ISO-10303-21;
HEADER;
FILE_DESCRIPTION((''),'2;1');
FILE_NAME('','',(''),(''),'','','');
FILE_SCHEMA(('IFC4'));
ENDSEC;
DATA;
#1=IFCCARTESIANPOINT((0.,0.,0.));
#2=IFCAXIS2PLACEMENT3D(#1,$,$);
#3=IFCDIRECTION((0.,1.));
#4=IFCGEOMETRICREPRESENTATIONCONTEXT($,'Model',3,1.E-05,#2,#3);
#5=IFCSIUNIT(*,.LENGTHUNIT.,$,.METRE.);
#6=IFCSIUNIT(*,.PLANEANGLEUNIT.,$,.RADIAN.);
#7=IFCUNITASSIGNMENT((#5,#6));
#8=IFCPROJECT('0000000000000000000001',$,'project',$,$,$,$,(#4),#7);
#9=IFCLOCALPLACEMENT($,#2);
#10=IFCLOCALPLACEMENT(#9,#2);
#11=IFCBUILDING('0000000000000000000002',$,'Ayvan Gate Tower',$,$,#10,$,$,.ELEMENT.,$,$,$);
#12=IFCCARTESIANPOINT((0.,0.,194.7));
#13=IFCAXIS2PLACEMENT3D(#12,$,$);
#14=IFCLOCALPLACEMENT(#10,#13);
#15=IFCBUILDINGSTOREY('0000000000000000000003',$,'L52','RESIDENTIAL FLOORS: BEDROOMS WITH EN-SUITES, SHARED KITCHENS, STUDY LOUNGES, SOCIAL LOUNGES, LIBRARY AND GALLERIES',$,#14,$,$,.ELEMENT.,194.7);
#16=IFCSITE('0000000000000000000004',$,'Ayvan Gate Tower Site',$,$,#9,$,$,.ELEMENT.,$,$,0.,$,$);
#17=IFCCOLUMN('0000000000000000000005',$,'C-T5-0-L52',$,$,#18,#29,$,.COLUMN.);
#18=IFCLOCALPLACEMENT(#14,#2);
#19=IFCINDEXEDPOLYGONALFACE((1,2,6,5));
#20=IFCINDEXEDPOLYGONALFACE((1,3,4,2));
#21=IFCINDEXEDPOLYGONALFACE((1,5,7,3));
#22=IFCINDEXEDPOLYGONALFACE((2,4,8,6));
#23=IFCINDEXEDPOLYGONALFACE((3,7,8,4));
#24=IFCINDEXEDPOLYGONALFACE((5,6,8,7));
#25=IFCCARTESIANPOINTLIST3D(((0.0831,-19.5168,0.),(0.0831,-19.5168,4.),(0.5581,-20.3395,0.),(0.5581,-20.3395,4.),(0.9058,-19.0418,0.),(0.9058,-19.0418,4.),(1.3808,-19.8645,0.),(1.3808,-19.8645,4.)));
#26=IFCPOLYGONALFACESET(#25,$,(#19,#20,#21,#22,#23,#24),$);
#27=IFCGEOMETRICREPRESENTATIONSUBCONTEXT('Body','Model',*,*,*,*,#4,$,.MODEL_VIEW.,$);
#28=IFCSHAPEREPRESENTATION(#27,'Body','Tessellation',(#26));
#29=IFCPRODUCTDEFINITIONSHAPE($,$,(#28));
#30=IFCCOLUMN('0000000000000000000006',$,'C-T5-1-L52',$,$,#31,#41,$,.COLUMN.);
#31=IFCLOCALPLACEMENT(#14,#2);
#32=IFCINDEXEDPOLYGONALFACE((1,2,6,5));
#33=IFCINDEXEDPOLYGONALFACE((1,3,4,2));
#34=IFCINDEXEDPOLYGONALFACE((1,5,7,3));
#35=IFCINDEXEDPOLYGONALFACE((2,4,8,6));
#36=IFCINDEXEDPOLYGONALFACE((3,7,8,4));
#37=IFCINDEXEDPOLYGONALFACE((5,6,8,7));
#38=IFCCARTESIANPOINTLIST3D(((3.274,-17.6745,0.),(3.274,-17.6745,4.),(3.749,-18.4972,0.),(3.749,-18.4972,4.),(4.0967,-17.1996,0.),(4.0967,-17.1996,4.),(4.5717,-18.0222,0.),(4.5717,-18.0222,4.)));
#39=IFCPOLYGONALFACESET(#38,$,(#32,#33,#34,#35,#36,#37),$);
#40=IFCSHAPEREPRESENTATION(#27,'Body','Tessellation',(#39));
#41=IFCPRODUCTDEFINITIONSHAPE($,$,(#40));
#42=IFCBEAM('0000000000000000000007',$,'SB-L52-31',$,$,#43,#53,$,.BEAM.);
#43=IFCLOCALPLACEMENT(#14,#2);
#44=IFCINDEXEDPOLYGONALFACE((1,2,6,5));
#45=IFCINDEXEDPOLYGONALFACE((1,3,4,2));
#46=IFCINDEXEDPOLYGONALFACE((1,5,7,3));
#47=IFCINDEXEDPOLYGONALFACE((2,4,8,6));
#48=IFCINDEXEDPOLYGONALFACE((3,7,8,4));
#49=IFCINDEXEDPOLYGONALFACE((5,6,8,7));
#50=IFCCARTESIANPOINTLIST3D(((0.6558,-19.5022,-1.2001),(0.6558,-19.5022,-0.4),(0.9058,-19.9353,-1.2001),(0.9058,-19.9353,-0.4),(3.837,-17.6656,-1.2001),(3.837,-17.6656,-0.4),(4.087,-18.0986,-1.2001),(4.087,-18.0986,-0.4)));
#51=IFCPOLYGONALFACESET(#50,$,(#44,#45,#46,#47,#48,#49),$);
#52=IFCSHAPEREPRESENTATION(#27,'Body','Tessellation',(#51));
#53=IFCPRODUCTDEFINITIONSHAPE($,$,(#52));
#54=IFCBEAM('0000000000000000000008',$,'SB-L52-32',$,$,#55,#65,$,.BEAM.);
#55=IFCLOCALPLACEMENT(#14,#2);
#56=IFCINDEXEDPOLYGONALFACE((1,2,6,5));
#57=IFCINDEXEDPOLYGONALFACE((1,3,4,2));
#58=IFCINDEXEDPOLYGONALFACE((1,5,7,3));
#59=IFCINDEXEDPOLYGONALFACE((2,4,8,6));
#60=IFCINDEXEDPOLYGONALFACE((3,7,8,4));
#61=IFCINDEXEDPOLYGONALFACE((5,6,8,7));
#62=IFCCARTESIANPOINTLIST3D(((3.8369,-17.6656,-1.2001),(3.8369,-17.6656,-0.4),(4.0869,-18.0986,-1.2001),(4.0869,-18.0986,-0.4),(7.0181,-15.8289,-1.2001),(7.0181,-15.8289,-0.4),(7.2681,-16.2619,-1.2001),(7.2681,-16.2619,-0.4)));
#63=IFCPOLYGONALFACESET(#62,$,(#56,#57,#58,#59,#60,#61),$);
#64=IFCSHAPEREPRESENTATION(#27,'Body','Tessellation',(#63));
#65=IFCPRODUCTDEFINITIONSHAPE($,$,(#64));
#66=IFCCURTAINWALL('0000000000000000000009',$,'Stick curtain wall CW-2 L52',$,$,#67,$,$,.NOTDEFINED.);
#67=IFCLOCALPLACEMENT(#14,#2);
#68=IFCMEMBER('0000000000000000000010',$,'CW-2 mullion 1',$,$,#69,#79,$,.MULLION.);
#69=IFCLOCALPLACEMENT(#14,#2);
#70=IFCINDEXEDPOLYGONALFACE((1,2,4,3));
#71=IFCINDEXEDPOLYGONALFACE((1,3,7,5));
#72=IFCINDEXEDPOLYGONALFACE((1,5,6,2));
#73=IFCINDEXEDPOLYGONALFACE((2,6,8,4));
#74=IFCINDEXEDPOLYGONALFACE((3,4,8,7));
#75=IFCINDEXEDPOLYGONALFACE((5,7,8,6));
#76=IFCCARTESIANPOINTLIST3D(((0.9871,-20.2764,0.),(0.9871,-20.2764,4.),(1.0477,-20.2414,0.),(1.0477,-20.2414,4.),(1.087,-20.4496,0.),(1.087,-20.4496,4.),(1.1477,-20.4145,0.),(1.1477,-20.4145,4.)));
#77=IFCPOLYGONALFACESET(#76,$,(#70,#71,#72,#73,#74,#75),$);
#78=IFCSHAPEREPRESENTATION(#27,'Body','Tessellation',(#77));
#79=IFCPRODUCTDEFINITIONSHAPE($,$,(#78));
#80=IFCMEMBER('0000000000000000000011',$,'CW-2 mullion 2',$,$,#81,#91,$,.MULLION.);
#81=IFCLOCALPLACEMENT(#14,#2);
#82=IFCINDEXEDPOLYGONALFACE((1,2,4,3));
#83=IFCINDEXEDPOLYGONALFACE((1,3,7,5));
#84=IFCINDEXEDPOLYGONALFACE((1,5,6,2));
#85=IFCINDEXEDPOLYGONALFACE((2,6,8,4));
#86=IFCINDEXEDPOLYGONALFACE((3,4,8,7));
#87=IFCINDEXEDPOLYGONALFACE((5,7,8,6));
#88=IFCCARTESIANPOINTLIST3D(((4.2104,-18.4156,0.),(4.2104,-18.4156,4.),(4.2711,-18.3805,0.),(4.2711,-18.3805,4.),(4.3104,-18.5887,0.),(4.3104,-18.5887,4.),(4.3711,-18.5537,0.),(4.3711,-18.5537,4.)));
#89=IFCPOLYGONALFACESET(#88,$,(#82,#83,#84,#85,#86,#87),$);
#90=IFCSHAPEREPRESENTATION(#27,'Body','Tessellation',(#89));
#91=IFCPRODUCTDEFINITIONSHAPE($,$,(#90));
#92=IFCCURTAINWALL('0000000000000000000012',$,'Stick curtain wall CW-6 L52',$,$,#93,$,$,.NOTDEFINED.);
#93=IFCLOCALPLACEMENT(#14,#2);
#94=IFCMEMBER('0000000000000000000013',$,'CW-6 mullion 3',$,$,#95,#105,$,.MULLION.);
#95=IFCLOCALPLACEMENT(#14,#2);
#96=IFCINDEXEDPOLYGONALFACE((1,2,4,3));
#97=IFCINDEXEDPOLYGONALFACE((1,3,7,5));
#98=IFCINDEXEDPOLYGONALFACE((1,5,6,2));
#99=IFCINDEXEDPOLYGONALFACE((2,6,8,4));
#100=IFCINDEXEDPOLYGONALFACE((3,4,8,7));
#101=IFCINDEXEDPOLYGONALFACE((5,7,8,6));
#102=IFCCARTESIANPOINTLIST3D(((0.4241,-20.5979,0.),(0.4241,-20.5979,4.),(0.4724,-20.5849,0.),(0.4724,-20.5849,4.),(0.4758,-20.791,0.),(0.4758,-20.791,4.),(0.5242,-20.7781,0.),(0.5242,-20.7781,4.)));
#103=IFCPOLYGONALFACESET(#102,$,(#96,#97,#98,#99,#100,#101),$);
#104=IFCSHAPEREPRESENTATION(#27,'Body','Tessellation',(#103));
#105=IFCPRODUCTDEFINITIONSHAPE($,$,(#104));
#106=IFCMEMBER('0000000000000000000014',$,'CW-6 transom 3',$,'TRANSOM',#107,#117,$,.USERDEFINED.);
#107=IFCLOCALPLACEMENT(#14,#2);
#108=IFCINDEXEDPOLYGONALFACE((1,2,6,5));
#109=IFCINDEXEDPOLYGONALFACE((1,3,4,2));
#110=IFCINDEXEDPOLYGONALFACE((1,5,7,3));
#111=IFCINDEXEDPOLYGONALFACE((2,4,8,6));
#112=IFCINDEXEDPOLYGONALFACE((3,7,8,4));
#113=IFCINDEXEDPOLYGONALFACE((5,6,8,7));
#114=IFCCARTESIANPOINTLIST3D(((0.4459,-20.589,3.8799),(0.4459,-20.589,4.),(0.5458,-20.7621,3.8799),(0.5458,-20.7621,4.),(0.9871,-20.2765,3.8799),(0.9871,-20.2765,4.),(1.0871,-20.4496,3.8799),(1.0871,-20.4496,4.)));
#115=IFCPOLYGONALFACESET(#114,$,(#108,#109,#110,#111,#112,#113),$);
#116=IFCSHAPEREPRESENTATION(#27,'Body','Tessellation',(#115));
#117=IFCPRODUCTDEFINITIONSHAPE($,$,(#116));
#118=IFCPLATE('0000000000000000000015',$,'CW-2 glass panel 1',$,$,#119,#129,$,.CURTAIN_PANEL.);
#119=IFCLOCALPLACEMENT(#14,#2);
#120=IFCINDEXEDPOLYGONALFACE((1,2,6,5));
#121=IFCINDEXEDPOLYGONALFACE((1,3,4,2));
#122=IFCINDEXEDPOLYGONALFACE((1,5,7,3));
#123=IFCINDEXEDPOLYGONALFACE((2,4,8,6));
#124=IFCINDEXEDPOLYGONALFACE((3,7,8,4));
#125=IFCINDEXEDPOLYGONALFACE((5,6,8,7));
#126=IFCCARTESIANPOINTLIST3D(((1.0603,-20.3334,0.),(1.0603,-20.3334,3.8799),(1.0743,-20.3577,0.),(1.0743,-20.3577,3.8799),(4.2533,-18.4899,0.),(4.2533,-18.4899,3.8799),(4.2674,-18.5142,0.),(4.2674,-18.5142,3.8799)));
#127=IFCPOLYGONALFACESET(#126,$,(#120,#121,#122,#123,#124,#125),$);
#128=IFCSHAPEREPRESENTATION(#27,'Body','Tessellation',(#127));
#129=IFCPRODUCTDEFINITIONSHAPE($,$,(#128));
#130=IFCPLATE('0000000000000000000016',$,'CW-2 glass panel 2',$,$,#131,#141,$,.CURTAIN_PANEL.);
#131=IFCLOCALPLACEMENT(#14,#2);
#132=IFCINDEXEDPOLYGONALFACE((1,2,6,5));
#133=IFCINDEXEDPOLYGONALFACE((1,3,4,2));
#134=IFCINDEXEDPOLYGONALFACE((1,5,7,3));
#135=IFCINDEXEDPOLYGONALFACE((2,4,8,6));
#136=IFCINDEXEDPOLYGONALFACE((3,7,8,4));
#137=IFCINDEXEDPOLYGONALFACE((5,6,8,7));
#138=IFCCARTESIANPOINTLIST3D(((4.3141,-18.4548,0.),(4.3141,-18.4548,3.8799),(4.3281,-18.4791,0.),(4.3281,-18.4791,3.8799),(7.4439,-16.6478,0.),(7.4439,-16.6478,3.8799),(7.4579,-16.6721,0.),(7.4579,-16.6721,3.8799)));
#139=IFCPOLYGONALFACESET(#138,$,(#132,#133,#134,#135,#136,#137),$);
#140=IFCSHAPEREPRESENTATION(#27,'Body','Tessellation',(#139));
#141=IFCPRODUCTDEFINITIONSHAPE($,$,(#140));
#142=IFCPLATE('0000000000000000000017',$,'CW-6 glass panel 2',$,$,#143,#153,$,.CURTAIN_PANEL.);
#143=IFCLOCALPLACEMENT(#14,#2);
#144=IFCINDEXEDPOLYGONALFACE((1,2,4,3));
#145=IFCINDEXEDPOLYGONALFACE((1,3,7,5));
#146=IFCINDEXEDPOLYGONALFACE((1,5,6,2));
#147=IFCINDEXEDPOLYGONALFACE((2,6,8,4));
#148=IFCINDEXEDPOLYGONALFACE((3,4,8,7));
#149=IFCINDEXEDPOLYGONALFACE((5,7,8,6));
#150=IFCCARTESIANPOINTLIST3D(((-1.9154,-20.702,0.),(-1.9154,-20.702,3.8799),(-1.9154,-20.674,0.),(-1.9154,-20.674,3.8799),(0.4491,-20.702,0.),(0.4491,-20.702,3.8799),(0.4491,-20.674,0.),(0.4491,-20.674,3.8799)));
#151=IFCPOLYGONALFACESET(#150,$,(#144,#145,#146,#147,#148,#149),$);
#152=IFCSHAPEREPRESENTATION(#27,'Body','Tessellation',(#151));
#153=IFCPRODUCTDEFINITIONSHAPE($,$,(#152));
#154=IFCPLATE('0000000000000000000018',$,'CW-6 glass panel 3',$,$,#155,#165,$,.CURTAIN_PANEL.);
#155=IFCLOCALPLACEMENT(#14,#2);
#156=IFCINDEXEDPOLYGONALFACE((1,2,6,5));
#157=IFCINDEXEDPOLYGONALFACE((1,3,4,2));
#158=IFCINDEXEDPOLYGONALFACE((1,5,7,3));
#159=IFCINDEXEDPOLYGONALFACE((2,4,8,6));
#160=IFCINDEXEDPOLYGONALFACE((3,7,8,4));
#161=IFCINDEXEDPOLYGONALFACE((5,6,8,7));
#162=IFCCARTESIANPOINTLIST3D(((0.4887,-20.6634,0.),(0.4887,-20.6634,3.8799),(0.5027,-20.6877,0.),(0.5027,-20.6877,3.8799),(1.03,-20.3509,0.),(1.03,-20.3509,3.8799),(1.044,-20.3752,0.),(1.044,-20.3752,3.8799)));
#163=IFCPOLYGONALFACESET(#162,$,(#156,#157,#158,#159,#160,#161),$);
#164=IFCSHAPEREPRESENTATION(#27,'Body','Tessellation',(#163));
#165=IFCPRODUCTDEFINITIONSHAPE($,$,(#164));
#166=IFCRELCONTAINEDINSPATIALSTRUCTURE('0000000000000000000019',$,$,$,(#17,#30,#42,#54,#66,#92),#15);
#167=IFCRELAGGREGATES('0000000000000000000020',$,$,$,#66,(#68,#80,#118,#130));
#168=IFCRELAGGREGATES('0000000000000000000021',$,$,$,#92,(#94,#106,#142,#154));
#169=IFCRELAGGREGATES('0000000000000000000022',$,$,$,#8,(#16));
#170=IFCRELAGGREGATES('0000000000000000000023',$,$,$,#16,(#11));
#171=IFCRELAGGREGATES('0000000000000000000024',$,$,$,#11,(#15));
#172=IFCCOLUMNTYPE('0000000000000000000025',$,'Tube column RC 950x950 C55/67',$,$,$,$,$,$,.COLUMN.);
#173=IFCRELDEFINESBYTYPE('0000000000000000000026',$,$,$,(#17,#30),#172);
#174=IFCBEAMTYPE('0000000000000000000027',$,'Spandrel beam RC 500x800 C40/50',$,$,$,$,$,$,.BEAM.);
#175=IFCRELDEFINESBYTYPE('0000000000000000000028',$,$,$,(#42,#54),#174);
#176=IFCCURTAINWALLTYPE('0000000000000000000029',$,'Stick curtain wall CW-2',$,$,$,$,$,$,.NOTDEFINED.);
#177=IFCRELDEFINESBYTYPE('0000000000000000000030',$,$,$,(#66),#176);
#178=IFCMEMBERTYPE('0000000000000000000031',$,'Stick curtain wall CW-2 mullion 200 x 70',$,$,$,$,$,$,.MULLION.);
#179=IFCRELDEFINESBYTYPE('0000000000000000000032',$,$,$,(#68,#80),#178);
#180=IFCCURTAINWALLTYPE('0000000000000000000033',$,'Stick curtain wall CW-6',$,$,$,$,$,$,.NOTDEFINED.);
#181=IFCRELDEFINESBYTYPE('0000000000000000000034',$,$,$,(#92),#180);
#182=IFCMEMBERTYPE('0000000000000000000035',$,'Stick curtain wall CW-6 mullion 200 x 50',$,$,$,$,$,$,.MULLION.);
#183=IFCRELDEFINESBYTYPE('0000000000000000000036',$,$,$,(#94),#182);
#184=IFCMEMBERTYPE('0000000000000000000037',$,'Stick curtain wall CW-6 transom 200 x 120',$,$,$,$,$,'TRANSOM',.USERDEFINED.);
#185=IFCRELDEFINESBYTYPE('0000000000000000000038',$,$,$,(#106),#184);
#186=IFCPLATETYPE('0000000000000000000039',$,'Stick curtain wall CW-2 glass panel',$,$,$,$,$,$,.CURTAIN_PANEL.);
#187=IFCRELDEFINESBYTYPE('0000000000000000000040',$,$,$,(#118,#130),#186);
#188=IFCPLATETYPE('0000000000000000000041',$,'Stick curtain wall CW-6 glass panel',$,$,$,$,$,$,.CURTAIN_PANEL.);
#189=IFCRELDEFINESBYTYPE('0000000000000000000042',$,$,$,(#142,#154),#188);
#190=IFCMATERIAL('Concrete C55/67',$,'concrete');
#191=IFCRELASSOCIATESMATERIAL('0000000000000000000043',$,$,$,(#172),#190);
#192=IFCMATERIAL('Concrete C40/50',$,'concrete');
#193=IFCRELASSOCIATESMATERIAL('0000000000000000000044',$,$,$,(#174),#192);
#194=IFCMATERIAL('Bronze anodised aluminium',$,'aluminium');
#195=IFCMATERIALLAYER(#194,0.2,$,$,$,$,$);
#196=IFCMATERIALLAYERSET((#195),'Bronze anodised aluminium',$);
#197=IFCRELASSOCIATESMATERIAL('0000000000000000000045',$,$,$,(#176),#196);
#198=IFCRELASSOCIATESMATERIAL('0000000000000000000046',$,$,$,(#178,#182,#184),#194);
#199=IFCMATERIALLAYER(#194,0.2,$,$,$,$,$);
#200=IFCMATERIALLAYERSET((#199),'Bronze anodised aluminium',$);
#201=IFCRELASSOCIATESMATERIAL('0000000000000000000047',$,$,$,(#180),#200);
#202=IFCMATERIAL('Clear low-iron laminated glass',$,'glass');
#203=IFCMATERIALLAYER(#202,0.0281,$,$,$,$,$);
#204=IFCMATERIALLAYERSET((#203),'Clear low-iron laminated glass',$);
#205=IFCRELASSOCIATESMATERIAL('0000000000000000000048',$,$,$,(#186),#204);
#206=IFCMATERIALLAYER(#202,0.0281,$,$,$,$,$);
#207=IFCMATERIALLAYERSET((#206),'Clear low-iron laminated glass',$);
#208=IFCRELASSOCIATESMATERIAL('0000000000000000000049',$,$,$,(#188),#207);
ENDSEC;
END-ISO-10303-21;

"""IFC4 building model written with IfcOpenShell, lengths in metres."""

from ifc_helpers import new_model, si_unit, direction, frame, origin, origin_2d, place, context, subcontext, project, spatial, rectangle, extrude, material, layer, layer_set, material_profile, profile_set, type_object, element, aggregate, save


model = new_model("IFC4")

# Units and contexts
model_context = context("Model", 3, precision=1e-05, world=origin(), true_north=direction((0.0, 1.0)))
body_context = subcontext(model_context, "Body", "Model", "MODEL_VIEW")
ifc_project = project(units=[si_unit("LENGTHUNIT", "METRE"), si_unit("PLANEANGLEUNIT", "RADIAN")], contexts=[model_context])

# Site, building, storey
site_placement = place(None, origin())
site = spatial("IfcSite", under=ifc_project, at=site_placement, Name="Ayvan Gate Tower Site", CompositionType="ELEMENT", RefElevation=0.0)
building_placement = place(site_placement, origin())
building = spatial("IfcBuilding", under=site, at=building_placement, Name="Ayvan Gate Tower", CompositionType="ELEMENT")
storey_placement = place(building_placement, frame((0.0, 0.0, 194.7)))
storey = spatial("IfcBuildingStorey", under=building, at=storey_placement, Name="L52", Description="RESIDENTIAL FLOORS: BEDROOMS WITH EN-SUITES, SHARED KITCHENS, STUDY LOUNGES, SOCIAL LOUNGES, LIBRARY AND GALLERIES", CompositionType="ELEMENT", Elevation=194.7)

# Columns
ifc_material_1 = material(Name="Concrete C55/67", Category="concrete")
ifc_material_profile_1 = material_profile(ifc_material_1, rectangle(XDim=0.95, YDim=0.95, at=origin_2d()), Name="RC 950x950")
ifc_profile_set_1 = profile_set([ifc_material_profile_1], Name="Concrete C55/67")
column_type = type_object("IfcColumnType", Name="Tube column RC 950x950 C55/67", PredefinedType="COLUMN", material=ifc_profile_set_1)
for number, where, z_axis, x_axis, name in (
    (1, (0.7319, -19.6907, 0.0), (0.0, 0.0, 1.0), (0.5, -0.866025, 0.0), "C-T5-0-L52"),
    (2, (3.9229, -17.8484, 0.0), (0.0, 0.0, 1.0), (0.5, -0.866025, 0.0), "C-T5-1-L52"),
):
    element("IfcColumn", number, at=place(storey_placement, frame(where, z_axis=z_axis, x_axis=x_axis)), inside=storey, type_object=column_type, Name=name, PredefinedType="COLUMN", context=body_context, shape_type="SweptSolid", body=[
        extrude(rectangle(XDim=0.95, YDim=0.95, at=origin_2d()), origin(), (0.0, 0.0, 1.0), 4.0),
    ])

# Beams
ifc_material_2 = material(Name="Concrete C40/50", Category="concrete")
ifc_material_profile_2 = material_profile(ifc_material_2, rectangle(XDim=0.5, YDim=0.8, at=origin_2d()), Name="RC 500x800")
ifc_profile_set_2 = profile_set([ifc_material_profile_2], Name="Concrete C40/50")
beam_type = type_object("IfcBeamType", Name="Spandrel beam RC 500x800 C40/50", PredefinedType="BEAM", material=ifc_profile_set_2)
for number, where, z_axis, x_axis, name in (
    (3, (0.7808, -19.7188, -0.8), (0.866022, 0.500006, 0.0), (-0.500006, 0.866022, 0.0), "SB-L52-31"),
    (4, (3.9619, -17.8821, -0.8), (0.866022, 0.500006, 0.0), (-0.500006, 0.866022, 0.0), "SB-L52-32"),
):
    element("IfcBeam", number, at=place(storey_placement, frame(where, z_axis=z_axis, x_axis=x_axis)), inside=storey, type_object=beam_type, Name=name, PredefinedType="BEAM", context=body_context, shape_type="SweptSolid", body=[
        extrude(rectangle(XDim=0.5, YDim=0.8, at=origin_2d()), origin(), (0.0, 0.0, 1.0), 3.6733),
    ])

# Curtain walls, members
ifc_material_3 = material(Name="Bronze anodised aluminium", Category="aluminium")
ifc_layer_1 = layer(ifc_material_3, 0.2)
ifc_layer_set_1 = layer_set([ifc_layer_1], Name="Bronze anodised aluminium")
curtain_wall_type_1 = type_object("IfcCurtainWallType", Name="Stick curtain wall CW-2", PredefinedType="NOTDEFINED", material=ifc_layer_set_1)
curtain_wall_1_placement = place(storey_placement, origin())
curtain_wall_1 = element("IfcCurtainWall", 5, at=curtain_wall_1_placement, inside=storey, type_object=curtain_wall_type_1, Name="Stick curtain wall CW-2 L52", PredefinedType="NOTDEFINED")
ifc_material_profile_3 = material_profile(ifc_material_3, rectangle(XDim=0.2, YDim=0.0701, at=origin_2d()), Name="Stick curtain wall CW-2 mullion 200 x 70")
ifc_profile_set_3 = profile_set([ifc_material_profile_3], Name="Bronze anodised aluminium")
member_type_1 = type_object("IfcMemberType", Name="Stick curtain wall CW-2 mullion 200 x 70", PredefinedType="MULLION", material=ifc_profile_set_3)
member_1_placement = place(storey_placement, frame((1.0674, -20.3455, 0.0), z_axis=(0.0, 0.0, 1.0), x_axis=(0.5, -0.866025, 0.0)))
member_1 = element("IfcMember", 6, at=member_1_placement, type_object=member_type_1, Name="CW-2 mullion 1", PredefinedType="MULLION", context=body_context, shape_type="SweptSolid", body=[
    extrude(rectangle(XDim=0.2, YDim=0.0701, at=origin_2d()), origin(), (0.0, 0.0, 1.0), 4.0),
])
member_2_placement = place(storey_placement, frame((4.2908, -18.4846, 0.0), z_axis=(0.0, 0.0, 1.0), x_axis=(0.5, -0.866025, 0.0)))
member_2 = element("IfcMember", 7, at=member_2_placement, type_object=member_type_1, Name="CW-2 mullion 2", PredefinedType="MULLION", context=body_context, shape_type="SweptSolid", body=[
    extrude(rectangle(XDim=0.2, YDim=0.0701, at=origin_2d()), origin(), (0.0, 0.0, 1.0), 4.0),
])
ifc_layer_2 = layer(ifc_material_3, 0.2)
ifc_layer_set_2 = layer_set([ifc_layer_2], Name="Bronze anodised aluminium")
curtain_wall_type_2 = type_object("IfcCurtainWallType", Name="Stick curtain wall CW-6", PredefinedType="NOTDEFINED", material=ifc_layer_set_2)
curtain_wall_2_placement = place(storey_placement, origin())
curtain_wall_2 = element("IfcCurtainWall", 8, at=curtain_wall_2_placement, inside=storey, type_object=curtain_wall_type_2, Name="Stick curtain wall CW-6 L52", PredefinedType="NOTDEFINED")
ifc_material_profile_4 = material_profile(ifc_material_3, rectangle(XDim=0.2, YDim=0.05, at=origin_2d()), Name="Stick curtain wall CW-6 mullion 200 x 50")
ifc_profile_set_4 = profile_set([ifc_material_profile_4], Name="Bronze anodised aluminium")
member_type_2 = type_object("IfcMemberType", Name="Stick curtain wall CW-6 mullion 200 x 50", PredefinedType="MULLION", material=ifc_profile_set_4)
member_3_placement = place(storey_placement, frame((0.4741, -20.688, 0.0), z_axis=(0.0, 0.0, 1.0), x_axis=(0.258819, -0.965926, 0.0)))
member_3 = element("IfcMember", 9, at=member_3_placement, type_object=member_type_2, Name="CW-6 mullion 3", PredefinedType="MULLION", context=body_context, shape_type="SweptSolid", body=[
    extrude(rectangle(XDim=0.2, YDim=0.05, at=origin_2d()), origin(), (0.0, 0.0, 1.0), 4.0),
])
ifc_material_profile_5 = material_profile(ifc_material_3, rectangle(XDim=0.2, YDim=0.1201, at=origin_2d()), Name="Stick curtain wall CW-6 transom 200 x 120")
ifc_profile_set_5 = profile_set([ifc_material_profile_5], Name="Bronze anodised aluminium")
member_type_3 = type_object("IfcMemberType", Name="Stick curtain wall CW-6 transom 200 x 120", ElementType="TRANSOM", PredefinedType="USERDEFINED", material=ifc_profile_set_5)
member_4_placement = place(storey_placement, frame((0.4958, -20.6755, 3.9399), z_axis=(0.866023, 0.500004, 0.0), x_axis=(-0.500004, 0.866023, 0.0)))
member_4 = element("IfcMember", 10, at=member_4_placement, type_object=member_type_3, Name="CW-6 transom 3", ObjectType="TRANSOM", PredefinedType="USERDEFINED", context=body_context, shape_type="SweptSolid", body=[
    extrude(rectangle(XDim=0.2, YDim=0.1201, at=origin_2d()), origin(), (0.0, 0.0, 1.0), 0.625),
])

# Plates
ifc_material_4 = material(Name="Clear low-iron laminated glass", Category="glass")
ifc_layer_3 = layer(ifc_material_4, 0.0281)
ifc_layer_set_3 = layer_set([ifc_layer_3], Name="Clear low-iron laminated glass")
plate_type_1 = type_object("IfcPlateType", Name="Stick curtain wall CW-2 glass panel", PredefinedType="CURTAIN_PANEL", material=ifc_layer_set_3)
plate_1_placement = place(storey_placement, frame((2.6638, -19.4238, 0.0), z_axis=(0.0, 0.0, 1.0), x_axis=(0.866025, 0.5, 0.0)))
plate_1 = element("IfcPlate", 11, at=plate_1_placement, type_object=plate_type_1, Name="CW-2 glass panel 1", PredefinedType="CURTAIN_PANEL", context=body_context, shape_type="SweptSolid", body=[
    extrude(rectangle(XDim=3.687, YDim=0.0281, at=origin_2d()), origin(), (0.0, 0.0, 1.0), 3.8799),
])
plate_2_placement = place(storey_placement, frame((5.886, -17.5635, 0.0), z_axis=(0.0, 0.0, 1.0), x_axis=(0.866025, 0.5, 0.0)))
plate_2 = element("IfcPlate", 12, at=plate_2_placement, type_object=plate_type_1, Name="CW-2 glass panel 2", PredefinedType="CURTAIN_PANEL", context=body_context, shape_type="SweptSolid", body=[
    extrude(rectangle(XDim=3.614, YDim=0.0281, at=origin_2d()), origin(), (0.0, 0.0, 1.0), 3.8799),
])
aggregate(curtain_wall_1, [member_1, member_2, plate_1, plate_2])
ifc_layer_4 = layer(ifc_material_4, 0.0281)
ifc_layer_set_4 = layer_set([ifc_layer_4], Name="Clear low-iron laminated glass")
plate_type_2 = type_object("IfcPlateType", Name="Stick curtain wall CW-6 glass panel", PredefinedType="CURTAIN_PANEL", material=ifc_layer_set_4)
plate_3_placement = place(storey_placement, frame((-0.7332, -20.688, 0.0), z_axis=(0.0, 0.0, 1.0), x_axis=(1.0, 0.0, 0.0)))
plate_3 = element("IfcPlate", 13, at=plate_3_placement, type_object=plate_type_2, Name="CW-6 glass panel 2", PredefinedType="CURTAIN_PANEL", context=body_context, shape_type="SweptSolid", body=[
    extrude(rectangle(XDim=2.3645, YDim=0.0281, at=origin_2d()), origin(), (0.0, 0.0, 1.0), 3.8799),
])
plate_4_placement = place(storey_placement, frame((0.7664, -20.5193, 0.0), z_axis=(0.0, 0.0, 1.0), x_axis=(0.866025, 0.5, 0.0)))
plate_4 = element("IfcPlate", 14, at=plate_4_placement, type_object=plate_type_2, Name="CW-6 glass panel 3", PredefinedType="CURTAIN_PANEL", context=body_context, shape_type="SweptSolid", body=[
    extrude(rectangle(XDim=0.625, YDim=0.0281, at=origin_2d()), origin(), (0.0, 0.0, 1.0), 3.8799),
])
aggregate(curtain_wall_2, [member_3, member_4, plate_3, plate_4])

save(model, "model.ifc")
